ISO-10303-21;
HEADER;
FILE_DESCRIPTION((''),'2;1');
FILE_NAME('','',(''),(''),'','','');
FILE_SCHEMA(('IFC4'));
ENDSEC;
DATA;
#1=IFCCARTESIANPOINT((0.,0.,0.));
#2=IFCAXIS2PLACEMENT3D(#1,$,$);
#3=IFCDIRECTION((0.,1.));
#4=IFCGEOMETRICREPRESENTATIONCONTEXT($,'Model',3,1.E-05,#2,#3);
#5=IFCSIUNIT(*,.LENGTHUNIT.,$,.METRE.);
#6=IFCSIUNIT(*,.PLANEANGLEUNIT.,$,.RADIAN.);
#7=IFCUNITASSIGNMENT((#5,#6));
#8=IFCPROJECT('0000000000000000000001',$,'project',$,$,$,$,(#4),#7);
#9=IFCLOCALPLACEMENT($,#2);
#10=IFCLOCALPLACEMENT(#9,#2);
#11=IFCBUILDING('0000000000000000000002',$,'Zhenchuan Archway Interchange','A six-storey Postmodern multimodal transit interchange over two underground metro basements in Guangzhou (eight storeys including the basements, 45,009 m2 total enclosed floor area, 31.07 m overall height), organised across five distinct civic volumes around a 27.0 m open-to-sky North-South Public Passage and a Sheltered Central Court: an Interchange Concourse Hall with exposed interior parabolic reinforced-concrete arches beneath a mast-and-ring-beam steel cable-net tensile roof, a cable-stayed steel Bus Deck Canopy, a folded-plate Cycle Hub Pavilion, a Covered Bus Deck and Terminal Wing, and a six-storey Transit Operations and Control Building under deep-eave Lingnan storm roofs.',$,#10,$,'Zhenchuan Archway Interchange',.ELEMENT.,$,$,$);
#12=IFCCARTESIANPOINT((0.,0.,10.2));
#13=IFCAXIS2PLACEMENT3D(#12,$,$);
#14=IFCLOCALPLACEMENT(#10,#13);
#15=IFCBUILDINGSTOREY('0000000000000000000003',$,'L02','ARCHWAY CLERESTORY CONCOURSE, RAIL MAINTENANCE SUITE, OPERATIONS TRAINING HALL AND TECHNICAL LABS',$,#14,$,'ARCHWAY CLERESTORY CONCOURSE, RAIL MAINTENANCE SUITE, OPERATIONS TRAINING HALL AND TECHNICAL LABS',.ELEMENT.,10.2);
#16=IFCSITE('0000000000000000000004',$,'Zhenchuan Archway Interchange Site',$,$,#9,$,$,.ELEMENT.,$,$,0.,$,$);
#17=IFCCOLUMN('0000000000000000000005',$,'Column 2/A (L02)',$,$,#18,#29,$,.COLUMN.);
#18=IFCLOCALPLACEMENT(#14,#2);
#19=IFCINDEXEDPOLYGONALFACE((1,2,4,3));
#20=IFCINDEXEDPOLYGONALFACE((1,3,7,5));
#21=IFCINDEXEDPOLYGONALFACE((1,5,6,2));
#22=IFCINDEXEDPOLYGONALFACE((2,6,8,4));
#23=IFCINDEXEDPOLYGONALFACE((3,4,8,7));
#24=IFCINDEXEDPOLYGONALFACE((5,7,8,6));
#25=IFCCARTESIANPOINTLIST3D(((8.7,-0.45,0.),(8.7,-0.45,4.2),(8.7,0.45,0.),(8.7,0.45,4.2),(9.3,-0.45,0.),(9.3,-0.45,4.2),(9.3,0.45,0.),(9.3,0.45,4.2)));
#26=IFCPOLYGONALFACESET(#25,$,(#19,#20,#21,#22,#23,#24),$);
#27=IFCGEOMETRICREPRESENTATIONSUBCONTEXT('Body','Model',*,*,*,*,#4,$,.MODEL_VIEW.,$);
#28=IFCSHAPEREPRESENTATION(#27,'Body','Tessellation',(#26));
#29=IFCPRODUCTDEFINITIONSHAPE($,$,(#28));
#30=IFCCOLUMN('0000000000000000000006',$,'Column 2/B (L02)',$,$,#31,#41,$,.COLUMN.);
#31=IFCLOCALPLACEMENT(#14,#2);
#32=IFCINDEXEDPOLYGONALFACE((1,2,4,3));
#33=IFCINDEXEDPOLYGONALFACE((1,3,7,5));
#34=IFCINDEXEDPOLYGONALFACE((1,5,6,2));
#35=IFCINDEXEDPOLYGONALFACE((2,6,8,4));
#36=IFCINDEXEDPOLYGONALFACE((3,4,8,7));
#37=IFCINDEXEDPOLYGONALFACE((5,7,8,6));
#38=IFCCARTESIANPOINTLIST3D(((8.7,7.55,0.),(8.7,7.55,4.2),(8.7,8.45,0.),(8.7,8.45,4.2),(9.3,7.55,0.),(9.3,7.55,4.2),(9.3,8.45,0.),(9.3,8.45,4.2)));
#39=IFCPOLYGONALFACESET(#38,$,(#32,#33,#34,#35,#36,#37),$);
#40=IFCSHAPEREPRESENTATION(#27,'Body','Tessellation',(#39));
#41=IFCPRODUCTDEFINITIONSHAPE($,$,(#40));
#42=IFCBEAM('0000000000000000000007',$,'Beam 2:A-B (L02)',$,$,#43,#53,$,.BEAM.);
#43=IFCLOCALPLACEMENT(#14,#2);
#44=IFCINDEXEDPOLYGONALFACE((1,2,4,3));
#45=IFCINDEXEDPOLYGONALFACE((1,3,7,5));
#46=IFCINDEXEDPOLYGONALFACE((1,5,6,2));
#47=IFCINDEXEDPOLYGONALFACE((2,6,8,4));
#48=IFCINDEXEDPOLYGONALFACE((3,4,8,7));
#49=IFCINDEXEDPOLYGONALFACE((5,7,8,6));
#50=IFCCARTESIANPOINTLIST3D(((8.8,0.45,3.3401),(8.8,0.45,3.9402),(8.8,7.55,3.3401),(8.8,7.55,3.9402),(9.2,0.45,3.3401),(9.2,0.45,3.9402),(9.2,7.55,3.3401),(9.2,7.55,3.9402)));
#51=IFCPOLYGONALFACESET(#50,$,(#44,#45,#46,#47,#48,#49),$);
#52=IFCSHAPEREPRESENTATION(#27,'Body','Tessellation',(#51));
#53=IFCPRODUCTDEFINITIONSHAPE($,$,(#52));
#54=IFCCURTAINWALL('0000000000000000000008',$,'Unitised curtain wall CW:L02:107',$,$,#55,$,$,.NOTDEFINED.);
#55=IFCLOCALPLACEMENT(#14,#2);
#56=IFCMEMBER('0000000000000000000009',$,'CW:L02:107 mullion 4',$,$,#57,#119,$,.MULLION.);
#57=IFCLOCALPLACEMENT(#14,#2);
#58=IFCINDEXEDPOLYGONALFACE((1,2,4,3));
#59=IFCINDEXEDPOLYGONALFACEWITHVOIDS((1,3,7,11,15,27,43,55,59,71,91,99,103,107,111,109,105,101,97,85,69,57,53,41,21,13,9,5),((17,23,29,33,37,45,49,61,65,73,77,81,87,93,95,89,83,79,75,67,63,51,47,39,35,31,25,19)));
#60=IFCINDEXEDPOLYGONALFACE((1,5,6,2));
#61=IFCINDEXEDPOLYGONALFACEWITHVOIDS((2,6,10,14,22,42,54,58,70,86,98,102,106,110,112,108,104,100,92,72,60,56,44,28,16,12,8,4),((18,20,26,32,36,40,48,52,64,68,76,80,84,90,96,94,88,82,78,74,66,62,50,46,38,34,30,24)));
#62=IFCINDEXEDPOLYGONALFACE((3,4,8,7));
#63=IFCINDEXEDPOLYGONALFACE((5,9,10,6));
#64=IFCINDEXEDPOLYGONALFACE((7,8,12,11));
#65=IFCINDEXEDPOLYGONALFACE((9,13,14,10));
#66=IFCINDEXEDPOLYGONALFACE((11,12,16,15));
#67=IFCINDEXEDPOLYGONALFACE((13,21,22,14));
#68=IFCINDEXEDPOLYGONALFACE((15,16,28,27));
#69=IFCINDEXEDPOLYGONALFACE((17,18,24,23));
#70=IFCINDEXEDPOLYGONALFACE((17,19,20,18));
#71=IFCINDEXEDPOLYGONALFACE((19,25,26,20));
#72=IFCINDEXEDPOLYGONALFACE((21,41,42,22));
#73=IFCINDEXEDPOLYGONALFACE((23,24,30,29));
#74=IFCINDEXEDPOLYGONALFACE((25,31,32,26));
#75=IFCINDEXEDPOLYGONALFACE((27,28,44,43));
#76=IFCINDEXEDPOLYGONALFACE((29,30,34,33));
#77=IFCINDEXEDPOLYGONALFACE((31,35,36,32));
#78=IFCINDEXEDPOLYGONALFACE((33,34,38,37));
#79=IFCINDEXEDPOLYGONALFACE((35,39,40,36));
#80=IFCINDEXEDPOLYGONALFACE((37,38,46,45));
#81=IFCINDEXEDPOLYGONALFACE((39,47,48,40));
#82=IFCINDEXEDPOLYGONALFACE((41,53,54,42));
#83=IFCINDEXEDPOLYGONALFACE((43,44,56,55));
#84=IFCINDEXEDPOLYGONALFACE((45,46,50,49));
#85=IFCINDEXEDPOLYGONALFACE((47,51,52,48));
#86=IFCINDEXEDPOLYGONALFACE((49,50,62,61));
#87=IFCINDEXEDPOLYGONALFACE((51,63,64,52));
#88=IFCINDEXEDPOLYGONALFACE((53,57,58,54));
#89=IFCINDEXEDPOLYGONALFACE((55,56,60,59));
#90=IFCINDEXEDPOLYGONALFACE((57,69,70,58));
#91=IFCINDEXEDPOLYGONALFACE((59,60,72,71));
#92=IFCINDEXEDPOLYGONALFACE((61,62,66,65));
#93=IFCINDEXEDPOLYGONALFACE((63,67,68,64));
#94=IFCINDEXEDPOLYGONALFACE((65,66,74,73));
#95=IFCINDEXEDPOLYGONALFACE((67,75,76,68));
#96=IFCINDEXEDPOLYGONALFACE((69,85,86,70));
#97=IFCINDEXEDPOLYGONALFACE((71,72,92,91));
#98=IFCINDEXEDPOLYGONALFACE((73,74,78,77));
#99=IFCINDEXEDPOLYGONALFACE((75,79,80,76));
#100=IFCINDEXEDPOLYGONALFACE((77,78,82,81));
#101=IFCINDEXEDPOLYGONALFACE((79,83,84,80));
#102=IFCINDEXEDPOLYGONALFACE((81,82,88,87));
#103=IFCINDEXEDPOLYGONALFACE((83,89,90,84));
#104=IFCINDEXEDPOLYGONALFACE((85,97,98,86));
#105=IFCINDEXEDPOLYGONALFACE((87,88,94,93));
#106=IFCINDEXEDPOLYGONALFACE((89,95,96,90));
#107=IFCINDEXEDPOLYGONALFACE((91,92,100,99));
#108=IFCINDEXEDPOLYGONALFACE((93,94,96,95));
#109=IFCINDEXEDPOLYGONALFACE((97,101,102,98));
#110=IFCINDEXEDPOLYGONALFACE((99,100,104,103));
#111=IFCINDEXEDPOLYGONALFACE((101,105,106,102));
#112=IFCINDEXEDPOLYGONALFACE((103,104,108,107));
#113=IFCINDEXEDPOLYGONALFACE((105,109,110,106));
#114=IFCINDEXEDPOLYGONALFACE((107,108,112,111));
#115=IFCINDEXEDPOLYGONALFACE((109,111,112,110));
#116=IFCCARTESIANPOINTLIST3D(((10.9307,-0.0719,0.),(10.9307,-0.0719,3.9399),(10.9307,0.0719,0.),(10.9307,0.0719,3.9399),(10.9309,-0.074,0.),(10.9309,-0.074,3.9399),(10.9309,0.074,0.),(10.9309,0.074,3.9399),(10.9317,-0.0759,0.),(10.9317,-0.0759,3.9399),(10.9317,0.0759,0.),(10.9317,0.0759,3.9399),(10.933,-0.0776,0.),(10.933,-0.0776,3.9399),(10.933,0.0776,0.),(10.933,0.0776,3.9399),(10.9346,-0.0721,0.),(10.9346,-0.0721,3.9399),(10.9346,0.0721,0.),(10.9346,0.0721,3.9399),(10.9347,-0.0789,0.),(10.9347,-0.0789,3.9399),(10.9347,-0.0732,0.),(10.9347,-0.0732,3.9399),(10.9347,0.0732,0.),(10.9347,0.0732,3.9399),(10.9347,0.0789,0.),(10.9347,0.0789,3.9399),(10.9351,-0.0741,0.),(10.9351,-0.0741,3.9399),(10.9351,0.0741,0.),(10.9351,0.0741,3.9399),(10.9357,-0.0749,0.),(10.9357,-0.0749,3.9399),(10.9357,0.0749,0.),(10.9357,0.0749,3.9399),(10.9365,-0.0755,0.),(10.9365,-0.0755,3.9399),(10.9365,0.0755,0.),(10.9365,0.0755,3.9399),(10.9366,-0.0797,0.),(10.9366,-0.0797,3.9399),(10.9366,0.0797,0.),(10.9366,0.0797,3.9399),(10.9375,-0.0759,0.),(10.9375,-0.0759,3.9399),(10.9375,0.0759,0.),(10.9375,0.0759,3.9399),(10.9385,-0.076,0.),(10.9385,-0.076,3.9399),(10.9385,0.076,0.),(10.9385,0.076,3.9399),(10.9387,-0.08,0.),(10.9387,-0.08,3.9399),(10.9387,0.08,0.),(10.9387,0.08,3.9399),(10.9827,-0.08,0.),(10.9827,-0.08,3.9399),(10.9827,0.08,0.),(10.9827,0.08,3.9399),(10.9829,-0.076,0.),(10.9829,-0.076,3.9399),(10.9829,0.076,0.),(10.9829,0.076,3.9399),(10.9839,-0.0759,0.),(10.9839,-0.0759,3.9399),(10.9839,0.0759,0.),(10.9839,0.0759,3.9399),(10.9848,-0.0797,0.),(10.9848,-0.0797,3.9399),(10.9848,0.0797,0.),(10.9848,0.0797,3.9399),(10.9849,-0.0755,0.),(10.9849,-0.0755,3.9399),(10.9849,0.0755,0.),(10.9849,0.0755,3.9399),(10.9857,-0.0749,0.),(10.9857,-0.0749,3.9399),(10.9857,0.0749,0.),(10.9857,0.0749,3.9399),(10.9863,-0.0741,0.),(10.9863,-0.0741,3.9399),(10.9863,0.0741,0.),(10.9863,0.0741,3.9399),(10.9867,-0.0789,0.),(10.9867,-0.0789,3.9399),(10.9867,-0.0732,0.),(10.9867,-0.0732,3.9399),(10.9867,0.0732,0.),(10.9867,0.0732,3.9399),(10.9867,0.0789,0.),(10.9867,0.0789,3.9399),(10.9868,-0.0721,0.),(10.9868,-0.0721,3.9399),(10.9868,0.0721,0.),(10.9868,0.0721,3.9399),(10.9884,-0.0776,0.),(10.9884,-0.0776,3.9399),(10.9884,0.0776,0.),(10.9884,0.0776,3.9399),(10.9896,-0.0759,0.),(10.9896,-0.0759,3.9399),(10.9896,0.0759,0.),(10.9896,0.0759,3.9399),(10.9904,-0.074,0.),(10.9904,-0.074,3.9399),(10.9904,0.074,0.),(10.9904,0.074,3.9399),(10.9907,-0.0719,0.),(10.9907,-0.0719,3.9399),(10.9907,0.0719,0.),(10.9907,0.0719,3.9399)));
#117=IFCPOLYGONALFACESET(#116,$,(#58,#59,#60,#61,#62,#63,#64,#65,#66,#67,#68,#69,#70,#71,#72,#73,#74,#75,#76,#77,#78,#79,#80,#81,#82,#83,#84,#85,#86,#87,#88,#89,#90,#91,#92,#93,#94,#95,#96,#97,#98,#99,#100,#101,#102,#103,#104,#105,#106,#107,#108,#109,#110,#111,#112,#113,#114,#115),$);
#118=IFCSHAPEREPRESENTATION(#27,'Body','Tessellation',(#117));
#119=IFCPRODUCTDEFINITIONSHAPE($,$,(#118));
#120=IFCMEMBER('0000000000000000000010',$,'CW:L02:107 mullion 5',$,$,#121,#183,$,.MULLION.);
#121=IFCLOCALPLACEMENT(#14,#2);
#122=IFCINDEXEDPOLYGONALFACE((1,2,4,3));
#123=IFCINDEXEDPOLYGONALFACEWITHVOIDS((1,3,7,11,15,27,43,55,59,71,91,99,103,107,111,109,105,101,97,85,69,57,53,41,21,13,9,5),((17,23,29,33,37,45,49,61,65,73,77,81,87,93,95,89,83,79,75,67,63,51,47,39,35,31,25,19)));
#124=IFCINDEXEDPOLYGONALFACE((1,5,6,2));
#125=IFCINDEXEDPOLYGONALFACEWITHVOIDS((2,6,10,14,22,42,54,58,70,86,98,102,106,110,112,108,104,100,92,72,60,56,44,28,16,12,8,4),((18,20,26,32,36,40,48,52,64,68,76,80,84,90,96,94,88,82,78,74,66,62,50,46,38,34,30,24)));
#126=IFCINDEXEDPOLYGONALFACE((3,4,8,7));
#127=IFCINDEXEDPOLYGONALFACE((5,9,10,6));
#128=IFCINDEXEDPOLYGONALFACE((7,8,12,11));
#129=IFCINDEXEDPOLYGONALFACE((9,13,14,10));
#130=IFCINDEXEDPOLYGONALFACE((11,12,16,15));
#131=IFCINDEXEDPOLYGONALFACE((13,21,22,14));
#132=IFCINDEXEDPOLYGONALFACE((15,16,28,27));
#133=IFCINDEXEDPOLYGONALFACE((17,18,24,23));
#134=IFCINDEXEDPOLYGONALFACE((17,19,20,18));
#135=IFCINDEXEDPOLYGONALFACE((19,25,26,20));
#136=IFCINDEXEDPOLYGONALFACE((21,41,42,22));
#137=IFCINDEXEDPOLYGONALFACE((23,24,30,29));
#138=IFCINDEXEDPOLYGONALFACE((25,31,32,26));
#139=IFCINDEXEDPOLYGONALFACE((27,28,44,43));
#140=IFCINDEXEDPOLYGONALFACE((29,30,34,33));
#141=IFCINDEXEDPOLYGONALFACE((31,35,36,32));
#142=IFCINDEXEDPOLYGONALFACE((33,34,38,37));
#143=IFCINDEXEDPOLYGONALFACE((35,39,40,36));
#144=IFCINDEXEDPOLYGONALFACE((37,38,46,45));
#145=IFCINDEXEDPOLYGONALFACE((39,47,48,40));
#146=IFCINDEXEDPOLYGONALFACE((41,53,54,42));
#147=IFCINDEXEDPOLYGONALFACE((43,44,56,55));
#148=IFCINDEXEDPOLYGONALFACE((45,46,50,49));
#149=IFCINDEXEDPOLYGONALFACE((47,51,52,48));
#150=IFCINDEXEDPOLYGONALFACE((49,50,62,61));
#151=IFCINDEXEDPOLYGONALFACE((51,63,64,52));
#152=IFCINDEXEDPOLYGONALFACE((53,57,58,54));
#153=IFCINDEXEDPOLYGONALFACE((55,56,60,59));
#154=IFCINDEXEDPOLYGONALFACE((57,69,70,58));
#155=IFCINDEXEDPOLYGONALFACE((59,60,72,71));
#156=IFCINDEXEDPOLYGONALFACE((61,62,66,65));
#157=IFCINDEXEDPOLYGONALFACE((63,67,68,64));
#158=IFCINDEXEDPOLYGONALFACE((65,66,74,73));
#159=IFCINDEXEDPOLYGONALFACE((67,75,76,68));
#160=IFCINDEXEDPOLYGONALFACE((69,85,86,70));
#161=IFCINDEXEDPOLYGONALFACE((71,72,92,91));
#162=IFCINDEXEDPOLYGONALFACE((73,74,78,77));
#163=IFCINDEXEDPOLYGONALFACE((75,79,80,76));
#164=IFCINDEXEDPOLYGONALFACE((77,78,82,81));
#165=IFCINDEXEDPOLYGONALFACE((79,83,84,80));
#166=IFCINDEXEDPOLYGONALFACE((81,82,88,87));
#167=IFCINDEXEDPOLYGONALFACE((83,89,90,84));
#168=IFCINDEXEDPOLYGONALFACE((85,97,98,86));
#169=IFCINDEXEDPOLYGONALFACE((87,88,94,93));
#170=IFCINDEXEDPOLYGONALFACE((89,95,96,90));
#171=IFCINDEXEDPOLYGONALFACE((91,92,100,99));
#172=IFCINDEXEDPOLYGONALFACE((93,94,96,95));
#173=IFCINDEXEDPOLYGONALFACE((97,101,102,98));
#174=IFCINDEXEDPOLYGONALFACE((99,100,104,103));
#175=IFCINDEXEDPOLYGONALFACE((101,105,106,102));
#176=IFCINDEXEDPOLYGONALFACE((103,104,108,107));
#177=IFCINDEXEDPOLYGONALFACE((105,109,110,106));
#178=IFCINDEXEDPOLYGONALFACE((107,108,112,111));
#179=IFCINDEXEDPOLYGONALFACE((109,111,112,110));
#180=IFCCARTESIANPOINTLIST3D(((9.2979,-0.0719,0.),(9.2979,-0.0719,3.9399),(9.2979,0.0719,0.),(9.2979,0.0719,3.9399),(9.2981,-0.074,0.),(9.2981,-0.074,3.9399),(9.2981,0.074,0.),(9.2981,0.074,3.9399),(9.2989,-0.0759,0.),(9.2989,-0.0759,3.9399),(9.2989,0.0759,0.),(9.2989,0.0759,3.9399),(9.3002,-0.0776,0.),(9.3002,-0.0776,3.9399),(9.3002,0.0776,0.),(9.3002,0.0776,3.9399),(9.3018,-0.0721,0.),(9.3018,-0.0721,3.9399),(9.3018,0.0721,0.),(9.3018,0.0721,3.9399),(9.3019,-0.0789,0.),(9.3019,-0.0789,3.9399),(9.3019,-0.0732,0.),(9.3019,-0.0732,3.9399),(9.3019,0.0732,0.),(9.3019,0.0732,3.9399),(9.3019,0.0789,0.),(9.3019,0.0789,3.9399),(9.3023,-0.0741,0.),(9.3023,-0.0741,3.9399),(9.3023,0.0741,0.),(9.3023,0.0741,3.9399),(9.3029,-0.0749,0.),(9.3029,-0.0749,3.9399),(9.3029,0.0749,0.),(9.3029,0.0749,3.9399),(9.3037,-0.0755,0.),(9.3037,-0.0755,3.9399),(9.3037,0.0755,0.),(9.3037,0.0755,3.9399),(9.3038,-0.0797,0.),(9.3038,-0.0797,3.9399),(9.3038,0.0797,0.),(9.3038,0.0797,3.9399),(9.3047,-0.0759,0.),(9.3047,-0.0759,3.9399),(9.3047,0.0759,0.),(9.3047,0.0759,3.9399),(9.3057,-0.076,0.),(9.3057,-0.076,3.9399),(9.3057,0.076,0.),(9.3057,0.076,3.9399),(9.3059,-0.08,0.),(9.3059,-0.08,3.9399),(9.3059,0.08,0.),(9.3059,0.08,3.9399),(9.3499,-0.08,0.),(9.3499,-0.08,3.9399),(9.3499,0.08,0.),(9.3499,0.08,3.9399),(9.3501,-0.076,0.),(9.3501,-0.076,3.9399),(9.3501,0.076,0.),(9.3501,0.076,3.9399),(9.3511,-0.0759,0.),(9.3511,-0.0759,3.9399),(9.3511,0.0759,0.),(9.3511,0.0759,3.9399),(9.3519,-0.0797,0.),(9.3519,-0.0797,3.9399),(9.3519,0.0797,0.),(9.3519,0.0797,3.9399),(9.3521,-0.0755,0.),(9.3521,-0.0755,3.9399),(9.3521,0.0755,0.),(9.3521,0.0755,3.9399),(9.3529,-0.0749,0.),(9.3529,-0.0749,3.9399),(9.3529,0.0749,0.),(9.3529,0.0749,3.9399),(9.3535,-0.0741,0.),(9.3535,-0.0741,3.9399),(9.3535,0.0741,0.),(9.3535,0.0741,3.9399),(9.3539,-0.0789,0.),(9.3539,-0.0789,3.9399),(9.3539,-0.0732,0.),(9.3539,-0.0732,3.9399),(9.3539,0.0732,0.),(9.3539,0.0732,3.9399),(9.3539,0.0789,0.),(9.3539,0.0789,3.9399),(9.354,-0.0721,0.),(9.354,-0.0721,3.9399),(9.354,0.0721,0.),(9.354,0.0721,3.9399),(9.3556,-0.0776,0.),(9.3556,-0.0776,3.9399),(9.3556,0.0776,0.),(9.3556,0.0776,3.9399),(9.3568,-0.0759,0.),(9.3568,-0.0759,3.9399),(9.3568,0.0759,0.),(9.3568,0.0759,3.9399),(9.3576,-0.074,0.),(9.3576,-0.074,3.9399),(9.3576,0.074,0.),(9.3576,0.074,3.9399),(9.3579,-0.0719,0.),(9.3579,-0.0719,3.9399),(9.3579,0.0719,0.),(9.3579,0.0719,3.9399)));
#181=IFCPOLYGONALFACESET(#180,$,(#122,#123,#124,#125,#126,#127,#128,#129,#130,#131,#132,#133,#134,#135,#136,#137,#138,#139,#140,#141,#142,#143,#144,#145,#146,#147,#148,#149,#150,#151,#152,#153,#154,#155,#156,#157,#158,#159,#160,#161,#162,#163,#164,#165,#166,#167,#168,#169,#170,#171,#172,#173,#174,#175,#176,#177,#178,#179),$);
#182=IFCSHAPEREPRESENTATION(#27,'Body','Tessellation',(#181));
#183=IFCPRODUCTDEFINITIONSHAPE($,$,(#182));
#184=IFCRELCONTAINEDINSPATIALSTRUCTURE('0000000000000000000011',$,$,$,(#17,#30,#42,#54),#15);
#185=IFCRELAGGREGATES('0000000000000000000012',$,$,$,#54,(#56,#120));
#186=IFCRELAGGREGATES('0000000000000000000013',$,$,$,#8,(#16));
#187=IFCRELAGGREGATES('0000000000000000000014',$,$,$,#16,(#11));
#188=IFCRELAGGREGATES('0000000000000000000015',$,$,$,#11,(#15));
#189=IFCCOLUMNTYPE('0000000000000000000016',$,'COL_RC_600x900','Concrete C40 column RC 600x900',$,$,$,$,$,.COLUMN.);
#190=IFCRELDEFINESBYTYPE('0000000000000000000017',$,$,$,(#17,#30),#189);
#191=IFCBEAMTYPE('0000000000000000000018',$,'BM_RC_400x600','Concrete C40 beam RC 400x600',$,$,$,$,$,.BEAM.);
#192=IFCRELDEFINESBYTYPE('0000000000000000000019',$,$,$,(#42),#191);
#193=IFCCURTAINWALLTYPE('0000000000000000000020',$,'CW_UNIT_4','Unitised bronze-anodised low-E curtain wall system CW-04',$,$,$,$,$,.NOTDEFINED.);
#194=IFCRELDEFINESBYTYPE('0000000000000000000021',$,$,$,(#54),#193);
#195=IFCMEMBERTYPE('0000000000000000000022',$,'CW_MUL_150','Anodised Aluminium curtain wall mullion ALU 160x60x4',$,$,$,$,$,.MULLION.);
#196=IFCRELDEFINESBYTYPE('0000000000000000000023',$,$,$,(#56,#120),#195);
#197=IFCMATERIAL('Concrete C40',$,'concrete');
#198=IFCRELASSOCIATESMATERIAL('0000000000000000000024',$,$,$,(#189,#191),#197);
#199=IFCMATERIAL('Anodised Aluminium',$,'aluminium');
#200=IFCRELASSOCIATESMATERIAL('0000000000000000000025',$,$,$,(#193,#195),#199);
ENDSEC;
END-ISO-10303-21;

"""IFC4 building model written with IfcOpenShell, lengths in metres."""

from ifc_helpers import new_model, si_unit, direction, frame, origin, origin_2d, place, context, subcontext, project, spatial, rectangle, hollow_rectangle, extrude, material, material_profile, profile_set, type_object, element, aggregate, save


model = new_model("IFC4")

# Units and contexts
model_context = context("Model", 3, precision=1e-05, world=origin(), true_north=direction((0.0, 1.0)))
body_context = subcontext(model_context, "Body", "Model", "MODEL_VIEW")
ifc_project = project(units=[si_unit("LENGTHUNIT", "METRE"), si_unit("PLANEANGLEUNIT", "RADIAN")], contexts=[model_context])

# Site, building, storey
site_placement = place(None, origin())
site = spatial("IfcSite", under=ifc_project, at=site_placement, Name="Zhenchuan Archway Interchange Site", CompositionType="ELEMENT", RefElevation=0.0)
building_placement = place(site_placement, origin())
building = spatial("IfcBuilding", under=site, at=building_placement, Name="Zhenchuan Archway Interchange", Description="A six-storey Postmodern multimodal transit interchange over two underground metro basements in Guangzhou (eight storeys including the basements, 45,009 m2 total enclosed floor area, 31.07 m overall height), organised across five distinct civic volumes around a 27.0 m open-to-sky North-South Public Passage and a Sheltered Central Court: an Interchange Concourse Hall with exposed interior parabolic reinforced-concrete arches beneath a mast-and-ring-beam steel cable-net tensile roof, a cable-stayed steel Bus Deck Canopy, a folded-plate Cycle Hub Pavilion, a Covered Bus Deck and Terminal Wing, and a six-storey Transit Operations and Control Building under deep-eave Lingnan storm roofs.", LongName="Zhenchuan Archway Interchange", CompositionType="ELEMENT")
storey_placement = place(building_placement, frame((0.0, 0.0, 10.2)))
storey = spatial("IfcBuildingStorey", under=building, at=storey_placement, Name="L02", Description="ARCHWAY CLERESTORY CONCOURSE, RAIL MAINTENANCE SUITE, OPERATIONS TRAINING HALL AND TECHNICAL LABS", LongName="ARCHWAY CLERESTORY CONCOURSE, RAIL MAINTENANCE SUITE, OPERATIONS TRAINING HALL AND TECHNICAL LABS", CompositionType="ELEMENT", Elevation=10.2)

# Columns
ifc_material_1 = material(Name="Concrete C40", Category="concrete")
ifc_material_profile_1 = material_profile(ifc_material_1, rectangle(XDim=0.6001, YDim=0.8999, at=origin_2d()), Name="RC 600x900")
ifc_profile_set_1 = profile_set([ifc_material_profile_1], Name="Concrete C40")
column_type = type_object("IfcColumnType", Name="COL_RC_600x900", Description="Concrete C40 column RC 600x900", PredefinedType="COLUMN", material=ifc_profile_set_1)
for number, where, z_axis, x_axis, name in (
    (1, (9.0, 0.0, 0.0), (0.0, 0.0, 1.0), (1.0, 0.0, 0.0), "Column 2/A (L02)"),
    (2, (9.0, 8.0, 0.0), (0.0, 0.0, 1.0), (1.0, 0.0, 0.0), "Column 2/B (L02)"),
):
    element("IfcColumn", number, at=place(storey_placement, frame(where, z_axis=z_axis, x_axis=x_axis)), inside=storey, type_object=column_type, Name=name, PredefinedType="COLUMN", context=body_context, shape_type="SweptSolid", body=[
        extrude(rectangle(XDim=0.6001, YDim=0.8999, at=origin_2d()), origin(), (0.0, 0.0, 1.0), 4.2),
    ])

# Beam
ifc_material_profile_2 = material_profile(ifc_material_1, rectangle(XDim=0.3999, YDim=0.6001, at=origin_2d()), Name="RC 400x600")
ifc_profile_set_2 = profile_set([ifc_material_profile_2], Name="Concrete C40")
beam_type_1 = type_object("IfcBeamType", Name="BM_RC_400x600", Description="Concrete C40 beam RC 400x600", PredefinedType="BEAM", material=ifc_profile_set_2)
beam_1_placement = place(storey_placement, frame((9.0, 0.45, 3.6401), z_axis=(0.0, 1.0, 0.0), x_axis=(-1.0, 0.0, 0.0)))
element("IfcBeam", 3, at=beam_1_placement, inside=storey, type_object=beam_type_1, Name="Beam 2:A-B (L02)", PredefinedType="BEAM", context=body_context, shape_type="SweptSolid", body=[
    extrude(rectangle(XDim=0.3999, YDim=0.6001, at=origin_2d()), origin(), (0.0, 0.0, 1.0), 7.1001),
])

# Curtain wall, members
ifc_material_2 = material(Name="Anodised Aluminium", Category="aluminium")
curtain_wall_type_1 = type_object("IfcCurtainWallType", Name="CW_UNIT_4", Description="Unitised bronze-anodised low-E curtain wall system CW-04", PredefinedType="NOTDEFINED", material=ifc_material_2)
curtain_wall_1_placement = place(storey_placement, origin())
curtain_wall_1 = element("IfcCurtainWall", 4, at=curtain_wall_1_placement, inside=storey, type_object=curtain_wall_type_1, Name="Unitised curtain wall CW:L02:107", PredefinedType="NOTDEFINED")
ifc_material_profile_3 = material_profile(ifc_material_2, hollow_rectangle(XDim=0.0601, YDim=0.1599, WallThickness=0.0039, InnerFilletRadius=0.0039, OuterFilletRadius=0.0081, at=origin_2d()), Name="ALU 160x60x4")
ifc_profile_set_3 = profile_set([ifc_material_profile_3], Name="Anodised Aluminium")
member_type_1 = type_object("IfcMemberType", Name="CW_MUL_150", Description="Anodised Aluminium curtain wall mullion ALU 160x60x4", PredefinedType="MULLION", material=ifc_profile_set_3)
member_1_placement = place(storey_placement, frame((10.9607, 0.0, 0.0), z_axis=(0.0, 0.0, 1.0), x_axis=(1.0, 0.0, 0.0)))
member_1 = element("IfcMember", 5, at=member_1_placement, type_object=member_type_1, Name="CW:L02:107 mullion 4", PredefinedType="MULLION", context=body_context, shape_type="SweptSolid", body=[
    extrude(hollow_rectangle(XDim=0.0601, YDim=0.1599, WallThickness=0.0039, InnerFilletRadius=0.0039, OuterFilletRadius=0.0081, at=origin_2d()), origin(), (0.0, 0.0, 1.0), 3.9399),
])
member_2_placement = place(storey_placement, frame((9.3279, 0.0, 0.0), z_axis=(0.0, 0.0, 1.0), x_axis=(1.0, 0.0, 0.0)))
member_2 = element("IfcMember", 6, at=member_2_placement, type_object=member_type_1, Name="CW:L02:107 mullion 5", PredefinedType="MULLION", context=body_context, shape_type="SweptSolid", body=[
    extrude(hollow_rectangle(XDim=0.0601, YDim=0.1599, WallThickness=0.0039, InnerFilletRadius=0.0039, OuterFilletRadius=0.0081, at=origin_2d()), origin(), (0.0, 0.0, 1.0), 3.9399),
])

aggregate(curtain_wall_1, [member_1, member_2])

save(model, "model.ifc")
